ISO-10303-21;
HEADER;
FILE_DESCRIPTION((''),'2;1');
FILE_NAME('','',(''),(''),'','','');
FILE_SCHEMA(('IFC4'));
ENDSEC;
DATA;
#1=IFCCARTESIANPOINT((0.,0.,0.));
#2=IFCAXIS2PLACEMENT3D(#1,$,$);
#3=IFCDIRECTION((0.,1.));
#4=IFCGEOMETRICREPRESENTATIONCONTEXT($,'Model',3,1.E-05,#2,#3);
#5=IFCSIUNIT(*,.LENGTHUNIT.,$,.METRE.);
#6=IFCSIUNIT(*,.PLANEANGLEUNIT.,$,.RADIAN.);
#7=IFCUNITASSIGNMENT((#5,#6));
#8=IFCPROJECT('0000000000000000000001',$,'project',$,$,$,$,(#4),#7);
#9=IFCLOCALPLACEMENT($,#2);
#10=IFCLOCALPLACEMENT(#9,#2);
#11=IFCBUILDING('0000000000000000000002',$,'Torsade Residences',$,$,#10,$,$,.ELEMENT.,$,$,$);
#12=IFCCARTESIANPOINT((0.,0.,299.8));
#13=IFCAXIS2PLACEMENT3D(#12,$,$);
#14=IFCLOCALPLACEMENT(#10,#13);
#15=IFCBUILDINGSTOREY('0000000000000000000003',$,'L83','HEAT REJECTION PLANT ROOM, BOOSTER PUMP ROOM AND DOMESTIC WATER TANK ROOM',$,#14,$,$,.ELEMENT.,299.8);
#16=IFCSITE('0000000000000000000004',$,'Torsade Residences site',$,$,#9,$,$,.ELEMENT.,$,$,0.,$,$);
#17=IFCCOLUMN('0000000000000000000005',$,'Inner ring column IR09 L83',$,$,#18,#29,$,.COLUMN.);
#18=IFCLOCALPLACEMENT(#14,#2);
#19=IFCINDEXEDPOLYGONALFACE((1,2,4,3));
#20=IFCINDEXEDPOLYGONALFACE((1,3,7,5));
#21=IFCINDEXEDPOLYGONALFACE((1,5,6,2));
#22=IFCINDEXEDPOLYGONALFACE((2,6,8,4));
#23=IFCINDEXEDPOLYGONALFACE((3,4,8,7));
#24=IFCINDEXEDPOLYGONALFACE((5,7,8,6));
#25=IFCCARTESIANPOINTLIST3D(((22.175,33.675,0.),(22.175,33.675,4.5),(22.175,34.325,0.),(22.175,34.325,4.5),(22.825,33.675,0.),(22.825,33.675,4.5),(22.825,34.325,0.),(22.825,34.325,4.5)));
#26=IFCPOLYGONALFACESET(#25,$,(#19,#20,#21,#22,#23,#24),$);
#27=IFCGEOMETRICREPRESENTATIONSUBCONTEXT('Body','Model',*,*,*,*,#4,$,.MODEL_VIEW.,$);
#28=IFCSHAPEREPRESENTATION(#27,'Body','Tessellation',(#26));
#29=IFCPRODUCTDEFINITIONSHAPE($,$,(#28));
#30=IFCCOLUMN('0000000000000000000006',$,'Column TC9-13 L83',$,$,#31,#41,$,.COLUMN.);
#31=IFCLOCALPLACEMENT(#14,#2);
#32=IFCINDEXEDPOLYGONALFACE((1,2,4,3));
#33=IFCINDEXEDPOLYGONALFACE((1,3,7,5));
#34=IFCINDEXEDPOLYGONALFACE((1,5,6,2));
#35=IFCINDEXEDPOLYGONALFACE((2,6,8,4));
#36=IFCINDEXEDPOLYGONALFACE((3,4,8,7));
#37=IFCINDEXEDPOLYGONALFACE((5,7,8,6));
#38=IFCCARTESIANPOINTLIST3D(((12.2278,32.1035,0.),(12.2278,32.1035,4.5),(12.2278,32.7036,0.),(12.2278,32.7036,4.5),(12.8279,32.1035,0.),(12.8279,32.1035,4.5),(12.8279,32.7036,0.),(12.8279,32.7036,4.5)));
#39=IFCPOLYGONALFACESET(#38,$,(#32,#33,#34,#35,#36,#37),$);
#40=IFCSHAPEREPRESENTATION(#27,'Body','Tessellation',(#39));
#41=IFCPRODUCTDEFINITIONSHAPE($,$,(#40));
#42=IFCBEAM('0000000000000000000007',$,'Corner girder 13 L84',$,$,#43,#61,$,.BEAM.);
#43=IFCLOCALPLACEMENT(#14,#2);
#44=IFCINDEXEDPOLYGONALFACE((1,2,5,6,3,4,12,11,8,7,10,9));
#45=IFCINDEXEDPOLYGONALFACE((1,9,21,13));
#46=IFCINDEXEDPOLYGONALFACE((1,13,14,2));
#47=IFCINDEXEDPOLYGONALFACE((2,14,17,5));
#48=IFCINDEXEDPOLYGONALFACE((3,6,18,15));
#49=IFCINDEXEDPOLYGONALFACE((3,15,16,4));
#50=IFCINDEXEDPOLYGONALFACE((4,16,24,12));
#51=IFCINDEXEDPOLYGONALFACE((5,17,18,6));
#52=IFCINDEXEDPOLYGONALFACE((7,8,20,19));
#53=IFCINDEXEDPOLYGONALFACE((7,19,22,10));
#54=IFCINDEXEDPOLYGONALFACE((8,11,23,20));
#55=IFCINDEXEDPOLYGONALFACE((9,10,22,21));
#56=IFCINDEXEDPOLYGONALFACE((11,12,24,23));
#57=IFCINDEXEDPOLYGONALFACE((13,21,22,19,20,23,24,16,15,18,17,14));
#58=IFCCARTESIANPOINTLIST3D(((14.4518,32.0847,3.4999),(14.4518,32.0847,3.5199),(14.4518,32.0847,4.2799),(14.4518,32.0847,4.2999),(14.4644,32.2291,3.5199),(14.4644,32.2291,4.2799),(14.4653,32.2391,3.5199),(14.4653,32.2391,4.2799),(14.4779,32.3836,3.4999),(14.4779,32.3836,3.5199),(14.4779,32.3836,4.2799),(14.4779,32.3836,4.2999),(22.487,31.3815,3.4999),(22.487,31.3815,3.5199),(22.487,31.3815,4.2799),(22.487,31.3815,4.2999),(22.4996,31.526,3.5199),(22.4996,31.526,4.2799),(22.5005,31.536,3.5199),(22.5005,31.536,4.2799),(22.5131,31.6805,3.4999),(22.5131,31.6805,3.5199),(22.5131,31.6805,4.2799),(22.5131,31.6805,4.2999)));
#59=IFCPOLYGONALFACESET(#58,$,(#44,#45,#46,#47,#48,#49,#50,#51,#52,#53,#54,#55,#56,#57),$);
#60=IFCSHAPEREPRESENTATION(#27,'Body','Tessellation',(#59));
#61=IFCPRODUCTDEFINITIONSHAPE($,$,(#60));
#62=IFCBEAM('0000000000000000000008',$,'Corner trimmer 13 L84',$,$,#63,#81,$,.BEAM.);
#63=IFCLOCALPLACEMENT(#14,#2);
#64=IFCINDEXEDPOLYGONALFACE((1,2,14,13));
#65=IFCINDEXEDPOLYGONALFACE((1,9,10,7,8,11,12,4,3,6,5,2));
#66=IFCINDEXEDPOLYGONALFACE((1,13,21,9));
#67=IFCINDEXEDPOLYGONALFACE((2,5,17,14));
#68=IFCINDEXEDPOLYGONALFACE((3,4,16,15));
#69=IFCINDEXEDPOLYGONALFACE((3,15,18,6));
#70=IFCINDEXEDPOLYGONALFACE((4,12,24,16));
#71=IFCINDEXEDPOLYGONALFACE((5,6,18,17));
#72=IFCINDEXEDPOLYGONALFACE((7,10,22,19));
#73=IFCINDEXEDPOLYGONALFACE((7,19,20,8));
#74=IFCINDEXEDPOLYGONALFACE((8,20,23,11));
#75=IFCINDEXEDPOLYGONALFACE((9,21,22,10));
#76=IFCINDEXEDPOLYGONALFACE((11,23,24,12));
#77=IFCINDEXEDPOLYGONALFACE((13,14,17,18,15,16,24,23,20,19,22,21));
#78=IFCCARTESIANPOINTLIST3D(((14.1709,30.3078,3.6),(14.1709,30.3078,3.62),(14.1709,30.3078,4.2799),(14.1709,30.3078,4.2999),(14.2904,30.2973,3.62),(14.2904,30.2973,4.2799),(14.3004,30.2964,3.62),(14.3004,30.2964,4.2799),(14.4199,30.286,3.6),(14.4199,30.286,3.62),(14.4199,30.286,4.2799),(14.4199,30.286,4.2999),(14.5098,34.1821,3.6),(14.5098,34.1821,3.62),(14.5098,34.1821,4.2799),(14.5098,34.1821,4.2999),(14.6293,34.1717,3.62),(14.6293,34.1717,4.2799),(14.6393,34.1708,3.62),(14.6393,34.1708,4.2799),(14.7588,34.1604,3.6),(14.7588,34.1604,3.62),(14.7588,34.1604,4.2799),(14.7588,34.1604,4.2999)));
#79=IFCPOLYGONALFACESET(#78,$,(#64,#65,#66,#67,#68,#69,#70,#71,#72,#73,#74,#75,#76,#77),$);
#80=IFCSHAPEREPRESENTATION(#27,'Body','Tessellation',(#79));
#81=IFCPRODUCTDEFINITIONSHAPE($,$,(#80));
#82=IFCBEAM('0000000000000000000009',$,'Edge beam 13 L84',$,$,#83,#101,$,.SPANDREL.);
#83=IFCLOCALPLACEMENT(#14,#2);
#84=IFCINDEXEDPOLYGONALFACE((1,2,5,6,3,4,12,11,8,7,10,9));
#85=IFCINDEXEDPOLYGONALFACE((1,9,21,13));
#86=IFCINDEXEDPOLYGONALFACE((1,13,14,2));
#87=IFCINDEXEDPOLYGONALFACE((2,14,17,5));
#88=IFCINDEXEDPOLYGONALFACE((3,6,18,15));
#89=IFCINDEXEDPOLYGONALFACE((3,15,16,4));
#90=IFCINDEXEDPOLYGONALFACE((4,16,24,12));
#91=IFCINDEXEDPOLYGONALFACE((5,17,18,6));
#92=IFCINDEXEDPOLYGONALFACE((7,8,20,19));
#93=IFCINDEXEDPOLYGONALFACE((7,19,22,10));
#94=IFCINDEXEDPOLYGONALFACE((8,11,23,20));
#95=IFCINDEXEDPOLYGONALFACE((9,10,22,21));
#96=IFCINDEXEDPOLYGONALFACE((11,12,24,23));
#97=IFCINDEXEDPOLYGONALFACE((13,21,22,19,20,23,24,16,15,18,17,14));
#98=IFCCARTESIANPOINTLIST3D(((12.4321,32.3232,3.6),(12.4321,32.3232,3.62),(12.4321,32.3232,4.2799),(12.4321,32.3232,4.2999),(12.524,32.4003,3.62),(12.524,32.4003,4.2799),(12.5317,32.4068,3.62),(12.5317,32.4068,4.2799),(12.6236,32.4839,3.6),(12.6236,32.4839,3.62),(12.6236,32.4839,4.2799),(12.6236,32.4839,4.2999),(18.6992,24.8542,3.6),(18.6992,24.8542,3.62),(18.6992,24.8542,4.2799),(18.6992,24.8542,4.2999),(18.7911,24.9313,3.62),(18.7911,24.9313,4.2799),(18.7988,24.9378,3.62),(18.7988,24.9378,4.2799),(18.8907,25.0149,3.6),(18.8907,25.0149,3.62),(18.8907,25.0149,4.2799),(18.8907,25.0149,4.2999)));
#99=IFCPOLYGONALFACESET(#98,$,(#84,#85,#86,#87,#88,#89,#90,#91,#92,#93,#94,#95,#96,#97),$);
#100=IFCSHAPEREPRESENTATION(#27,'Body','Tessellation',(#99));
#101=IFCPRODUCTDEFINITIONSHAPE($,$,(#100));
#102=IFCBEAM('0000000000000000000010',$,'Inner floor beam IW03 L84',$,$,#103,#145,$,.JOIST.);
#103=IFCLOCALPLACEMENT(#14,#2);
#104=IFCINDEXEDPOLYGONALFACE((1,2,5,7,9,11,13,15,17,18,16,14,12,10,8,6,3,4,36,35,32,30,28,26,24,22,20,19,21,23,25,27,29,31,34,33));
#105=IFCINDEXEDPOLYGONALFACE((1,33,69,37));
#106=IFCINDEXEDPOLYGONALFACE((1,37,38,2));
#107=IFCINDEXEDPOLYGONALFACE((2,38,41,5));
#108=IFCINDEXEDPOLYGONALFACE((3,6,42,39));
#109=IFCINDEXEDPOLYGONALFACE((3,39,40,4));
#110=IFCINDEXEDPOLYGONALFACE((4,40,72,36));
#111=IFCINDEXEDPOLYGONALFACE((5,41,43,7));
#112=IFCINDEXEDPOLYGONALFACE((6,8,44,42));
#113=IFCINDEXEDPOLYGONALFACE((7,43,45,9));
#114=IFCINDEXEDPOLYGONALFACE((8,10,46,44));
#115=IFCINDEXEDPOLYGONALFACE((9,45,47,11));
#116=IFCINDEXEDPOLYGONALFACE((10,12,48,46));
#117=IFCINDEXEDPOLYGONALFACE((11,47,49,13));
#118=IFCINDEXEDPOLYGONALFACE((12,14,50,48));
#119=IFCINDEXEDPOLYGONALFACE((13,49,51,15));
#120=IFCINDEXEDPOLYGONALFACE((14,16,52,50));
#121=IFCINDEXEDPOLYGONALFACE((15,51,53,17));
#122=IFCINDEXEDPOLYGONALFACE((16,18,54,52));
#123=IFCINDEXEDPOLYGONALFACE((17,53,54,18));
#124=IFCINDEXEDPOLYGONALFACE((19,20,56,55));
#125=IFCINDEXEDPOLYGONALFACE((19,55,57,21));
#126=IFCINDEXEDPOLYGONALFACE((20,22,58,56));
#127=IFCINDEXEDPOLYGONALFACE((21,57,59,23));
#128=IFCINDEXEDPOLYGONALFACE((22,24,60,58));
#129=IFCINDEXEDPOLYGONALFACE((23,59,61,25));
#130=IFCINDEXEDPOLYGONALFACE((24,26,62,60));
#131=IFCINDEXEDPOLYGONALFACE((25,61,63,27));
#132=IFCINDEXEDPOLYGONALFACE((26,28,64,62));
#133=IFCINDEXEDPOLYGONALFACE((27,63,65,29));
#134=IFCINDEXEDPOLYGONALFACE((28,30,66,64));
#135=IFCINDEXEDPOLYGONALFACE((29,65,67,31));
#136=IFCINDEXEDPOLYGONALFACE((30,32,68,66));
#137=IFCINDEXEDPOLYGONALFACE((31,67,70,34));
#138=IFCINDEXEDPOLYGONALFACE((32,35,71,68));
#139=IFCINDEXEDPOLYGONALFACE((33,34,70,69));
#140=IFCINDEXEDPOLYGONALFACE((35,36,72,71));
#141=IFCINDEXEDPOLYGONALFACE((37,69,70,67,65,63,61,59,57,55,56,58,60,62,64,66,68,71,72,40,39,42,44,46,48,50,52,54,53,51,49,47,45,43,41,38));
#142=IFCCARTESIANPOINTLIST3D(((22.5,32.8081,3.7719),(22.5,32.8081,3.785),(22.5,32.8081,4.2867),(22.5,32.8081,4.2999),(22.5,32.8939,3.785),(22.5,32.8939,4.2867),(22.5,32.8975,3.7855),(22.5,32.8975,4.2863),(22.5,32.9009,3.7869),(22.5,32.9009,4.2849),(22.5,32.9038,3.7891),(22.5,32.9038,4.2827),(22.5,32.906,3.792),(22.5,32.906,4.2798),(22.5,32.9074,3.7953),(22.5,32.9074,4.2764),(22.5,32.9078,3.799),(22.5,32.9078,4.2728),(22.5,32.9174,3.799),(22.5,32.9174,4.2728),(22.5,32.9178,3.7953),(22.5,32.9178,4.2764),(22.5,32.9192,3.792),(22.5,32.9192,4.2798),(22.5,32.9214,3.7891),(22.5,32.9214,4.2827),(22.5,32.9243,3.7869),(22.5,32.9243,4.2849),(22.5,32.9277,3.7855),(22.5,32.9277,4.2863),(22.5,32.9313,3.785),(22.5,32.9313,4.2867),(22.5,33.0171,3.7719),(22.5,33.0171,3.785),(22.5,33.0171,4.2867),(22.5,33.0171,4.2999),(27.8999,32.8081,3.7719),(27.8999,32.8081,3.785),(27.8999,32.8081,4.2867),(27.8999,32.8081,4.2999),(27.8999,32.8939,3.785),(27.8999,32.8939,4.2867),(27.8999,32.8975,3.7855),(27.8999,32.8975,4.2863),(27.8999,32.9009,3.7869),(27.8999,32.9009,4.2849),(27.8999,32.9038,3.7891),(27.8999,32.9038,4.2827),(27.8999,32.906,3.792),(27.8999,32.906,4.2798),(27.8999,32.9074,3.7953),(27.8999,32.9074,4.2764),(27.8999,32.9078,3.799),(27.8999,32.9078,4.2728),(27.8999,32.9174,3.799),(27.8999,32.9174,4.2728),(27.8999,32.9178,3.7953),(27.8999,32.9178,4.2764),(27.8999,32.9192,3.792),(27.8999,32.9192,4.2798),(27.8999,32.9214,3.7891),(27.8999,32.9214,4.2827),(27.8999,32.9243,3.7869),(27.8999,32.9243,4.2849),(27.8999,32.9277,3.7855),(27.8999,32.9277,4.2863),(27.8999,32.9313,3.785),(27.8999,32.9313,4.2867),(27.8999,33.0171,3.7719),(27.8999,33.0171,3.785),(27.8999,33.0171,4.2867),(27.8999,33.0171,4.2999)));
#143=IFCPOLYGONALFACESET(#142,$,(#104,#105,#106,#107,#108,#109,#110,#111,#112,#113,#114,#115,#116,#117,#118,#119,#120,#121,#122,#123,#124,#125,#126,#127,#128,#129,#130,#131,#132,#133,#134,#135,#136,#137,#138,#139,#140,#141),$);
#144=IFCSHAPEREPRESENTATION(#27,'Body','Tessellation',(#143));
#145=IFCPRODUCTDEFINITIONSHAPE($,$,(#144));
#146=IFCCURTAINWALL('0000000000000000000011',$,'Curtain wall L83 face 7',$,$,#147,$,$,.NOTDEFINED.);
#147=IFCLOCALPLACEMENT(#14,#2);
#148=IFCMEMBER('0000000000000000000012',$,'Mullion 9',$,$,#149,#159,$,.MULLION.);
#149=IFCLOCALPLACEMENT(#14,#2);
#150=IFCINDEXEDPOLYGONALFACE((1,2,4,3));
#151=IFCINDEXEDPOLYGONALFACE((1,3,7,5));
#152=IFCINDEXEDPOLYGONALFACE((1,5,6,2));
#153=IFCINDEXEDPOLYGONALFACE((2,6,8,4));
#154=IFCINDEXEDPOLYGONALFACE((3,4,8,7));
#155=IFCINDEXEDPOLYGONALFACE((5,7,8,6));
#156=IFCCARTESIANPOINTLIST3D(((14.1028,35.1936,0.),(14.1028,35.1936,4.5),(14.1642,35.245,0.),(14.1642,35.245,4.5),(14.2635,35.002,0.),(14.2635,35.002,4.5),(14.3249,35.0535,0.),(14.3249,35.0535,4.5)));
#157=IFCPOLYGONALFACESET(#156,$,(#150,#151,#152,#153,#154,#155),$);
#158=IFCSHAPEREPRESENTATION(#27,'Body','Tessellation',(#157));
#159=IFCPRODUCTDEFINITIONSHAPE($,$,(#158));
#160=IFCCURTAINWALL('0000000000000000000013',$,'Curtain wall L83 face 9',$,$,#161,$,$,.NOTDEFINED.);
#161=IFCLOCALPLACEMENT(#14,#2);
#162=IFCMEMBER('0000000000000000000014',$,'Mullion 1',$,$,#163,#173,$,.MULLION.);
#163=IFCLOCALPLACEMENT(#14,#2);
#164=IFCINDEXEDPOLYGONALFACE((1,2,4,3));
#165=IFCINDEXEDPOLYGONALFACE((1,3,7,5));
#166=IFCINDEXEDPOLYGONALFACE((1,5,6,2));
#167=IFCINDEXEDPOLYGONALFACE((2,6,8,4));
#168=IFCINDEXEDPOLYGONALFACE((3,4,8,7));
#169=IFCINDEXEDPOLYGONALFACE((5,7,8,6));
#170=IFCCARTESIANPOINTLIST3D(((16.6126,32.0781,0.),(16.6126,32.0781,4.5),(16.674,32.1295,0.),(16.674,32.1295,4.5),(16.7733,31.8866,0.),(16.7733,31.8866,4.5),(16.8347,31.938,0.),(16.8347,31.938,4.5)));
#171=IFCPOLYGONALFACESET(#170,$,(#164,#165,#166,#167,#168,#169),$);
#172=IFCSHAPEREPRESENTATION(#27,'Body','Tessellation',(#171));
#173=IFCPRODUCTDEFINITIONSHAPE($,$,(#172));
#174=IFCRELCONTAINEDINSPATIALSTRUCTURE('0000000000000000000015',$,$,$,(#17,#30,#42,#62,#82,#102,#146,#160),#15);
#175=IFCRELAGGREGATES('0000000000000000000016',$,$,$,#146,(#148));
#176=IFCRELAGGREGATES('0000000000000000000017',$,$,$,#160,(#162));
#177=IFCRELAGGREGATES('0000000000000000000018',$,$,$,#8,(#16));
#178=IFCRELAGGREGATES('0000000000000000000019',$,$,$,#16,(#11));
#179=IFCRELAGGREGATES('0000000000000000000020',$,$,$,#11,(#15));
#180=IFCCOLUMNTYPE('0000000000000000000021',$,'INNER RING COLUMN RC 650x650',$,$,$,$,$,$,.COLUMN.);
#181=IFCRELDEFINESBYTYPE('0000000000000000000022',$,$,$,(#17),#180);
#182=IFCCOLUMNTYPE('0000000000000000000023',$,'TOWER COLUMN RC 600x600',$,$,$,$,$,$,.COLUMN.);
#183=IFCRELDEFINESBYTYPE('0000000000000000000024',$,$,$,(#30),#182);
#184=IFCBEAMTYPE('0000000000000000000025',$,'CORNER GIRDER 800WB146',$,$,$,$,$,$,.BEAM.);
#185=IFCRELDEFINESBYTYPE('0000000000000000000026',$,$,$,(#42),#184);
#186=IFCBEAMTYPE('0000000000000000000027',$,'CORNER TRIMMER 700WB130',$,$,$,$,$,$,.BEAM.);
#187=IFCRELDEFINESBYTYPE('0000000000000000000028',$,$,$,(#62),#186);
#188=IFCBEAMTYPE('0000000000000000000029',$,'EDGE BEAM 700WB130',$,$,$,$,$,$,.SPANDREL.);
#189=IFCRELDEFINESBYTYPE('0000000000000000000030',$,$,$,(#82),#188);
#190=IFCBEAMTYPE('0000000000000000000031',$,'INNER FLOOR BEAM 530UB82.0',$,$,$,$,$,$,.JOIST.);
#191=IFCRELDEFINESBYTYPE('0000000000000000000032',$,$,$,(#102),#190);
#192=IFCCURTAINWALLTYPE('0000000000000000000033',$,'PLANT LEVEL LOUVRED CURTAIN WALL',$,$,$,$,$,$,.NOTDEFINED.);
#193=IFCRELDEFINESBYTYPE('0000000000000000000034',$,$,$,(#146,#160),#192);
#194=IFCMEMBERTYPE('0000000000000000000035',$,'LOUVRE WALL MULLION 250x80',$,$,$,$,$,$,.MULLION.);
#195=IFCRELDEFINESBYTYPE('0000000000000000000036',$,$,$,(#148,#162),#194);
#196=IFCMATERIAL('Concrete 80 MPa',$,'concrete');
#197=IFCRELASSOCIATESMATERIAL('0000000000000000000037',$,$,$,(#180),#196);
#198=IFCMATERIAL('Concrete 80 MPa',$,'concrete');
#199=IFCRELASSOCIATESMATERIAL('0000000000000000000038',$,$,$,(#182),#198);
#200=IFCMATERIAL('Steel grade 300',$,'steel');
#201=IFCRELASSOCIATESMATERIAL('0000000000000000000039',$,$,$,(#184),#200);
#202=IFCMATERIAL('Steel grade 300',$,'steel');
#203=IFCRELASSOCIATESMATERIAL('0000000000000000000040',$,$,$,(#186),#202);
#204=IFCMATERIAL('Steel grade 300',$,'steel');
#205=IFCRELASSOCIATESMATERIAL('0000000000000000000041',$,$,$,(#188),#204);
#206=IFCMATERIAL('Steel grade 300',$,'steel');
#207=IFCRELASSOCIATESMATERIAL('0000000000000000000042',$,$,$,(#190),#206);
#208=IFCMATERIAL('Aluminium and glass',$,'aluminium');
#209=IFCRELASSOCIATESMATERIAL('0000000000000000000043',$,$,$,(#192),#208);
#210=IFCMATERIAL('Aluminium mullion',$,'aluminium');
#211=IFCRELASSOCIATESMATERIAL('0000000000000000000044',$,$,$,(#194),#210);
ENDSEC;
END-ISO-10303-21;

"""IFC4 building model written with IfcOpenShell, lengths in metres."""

from ifc_helpers import new_model, si_unit, direction, frame, origin, origin_2d, place, context, subcontext, project, spatial, rectangle, i_section, extrude, material, material_profile, profile_set, type_object, element, aggregate, save


model = new_model("IFC4")

# Units and contexts
model_context = context("Model", 3, precision=1e-05, world=origin(), true_north=direction((0.0, 1.0)))
body_context = subcontext(model_context, "Body", "Model", "MODEL_VIEW")
ifc_project = project(units=[si_unit("LENGTHUNIT", "METRE"), si_unit("PLANEANGLEUNIT", "RADIAN")], contexts=[model_context])

# Site, building, storey
site_placement = place(None, origin())
site = spatial("IfcSite", under=ifc_project, at=site_placement, Name="Torsade Residences site", CompositionType="ELEMENT", RefElevation=0.0)
building_placement = place(site_placement, origin())
building = spatial("IfcBuilding", under=site, at=building_placement, Name="Torsade Residences", CompositionType="ELEMENT")
storey_placement = place(building_placement, frame((0.0, 0.0, 299.8)))
storey = spatial("IfcBuildingStorey", under=building, at=storey_placement, Name="L83", Description="HEAT REJECTION PLANT ROOM, BOOSTER PUMP ROOM AND DOMESTIC WATER TANK ROOM", CompositionType="ELEMENT", Elevation=299.8)

# Columns
ifc_material_1 = material(Name="Concrete 80 MPa", Category="concrete")
ifc_material_profile_1 = material_profile(ifc_material_1, rectangle(XDim=0.6499, YDim=0.6499, at=origin_2d()), Name="RC 650x650")
ifc_profile_set_1 = profile_set([ifc_material_profile_1], Name="Concrete 80 MPa")
column_type_1 = type_object("IfcColumnType", Name="INNER RING COLUMN RC 650x650", PredefinedType="COLUMN", material=ifc_profile_set_1)
column_1_placement = place(storey_placement, frame((22.5, 34.0, 0.0), z_axis=(0.0, 0.0, 1.0), x_axis=(1.0, 0.0, 0.0)))
element("IfcColumn", 1, at=column_1_placement, inside=storey, type_object=column_type_1, Name="Inner ring column IR09 L83", PredefinedType="COLUMN", context=body_context, shape_type="SweptSolid", body=[
    extrude(rectangle(XDim=0.6499, YDim=0.6499, at=origin_2d()), origin(), (0.0, 0.0, 1.0), 4.5),
])
ifc_material_2 = material(Name="Concrete 80 MPa", Category="concrete")
ifc_material_profile_2 = material_profile(ifc_material_2, rectangle(XDim=0.6001, YDim=0.6001, at=origin_2d()), Name="RC 600x600")
ifc_profile_set_2 = profile_set([ifc_material_profile_2], Name="Concrete 80 MPa")
column_type_2 = type_object("IfcColumnType", Name="TOWER COLUMN RC 600x600", PredefinedType="COLUMN", material=ifc_profile_set_2)
column_2_placement = place(storey_placement, frame((12.5278, 32.4036, 0.0), z_axis=(0.0, 0.0, 1.0), x_axis=(1.0, 0.0, 0.0)))
element("IfcColumn", 2, at=column_2_placement, inside=storey, type_object=column_type_2, Name="Column TC9-13 L83", PredefinedType="COLUMN", context=body_context, shape_type="SweptSolid", body=[
    extrude(rectangle(XDim=0.6001, YDim=0.6001, at=origin_2d()), origin(), (0.0, 0.0, 1.0), 4.5),
])

# Beams
ifc_material_3 = material(Name="Steel grade 300", Category="steel")
ifc_material_profile_3 = material_profile(ifc_material_3, i_section(OverallWidth=0.3, OverallDepth=0.8, WebThickness=0.01, FlangeThickness=0.02, at=origin_2d()), Name="800WB146")
ifc_profile_set_3 = profile_set([ifc_material_profile_3], Name="Steel grade 300")
beam_type_1 = type_object("IfcBeamType", Name="CORNER GIRDER 800WB146", PredefinedType="BEAM", material=ifc_profile_set_3)
beam_1_placement = place(storey_placement, frame((14.4648, 32.2341, 3.8999), z_axis=(0.996193, -0.087173, 0.0), x_axis=(0.087173, 0.996193, 0.0)))
element("IfcBeam", 3, at=beam_1_placement, inside=storey, type_object=beam_type_1, Name="Corner girder 13 L84", PredefinedType="BEAM", context=body_context, shape_type="SweptSolid", body=[
    extrude(i_section(OverallWidth=0.3, OverallDepth=0.8, WebThickness=0.01, FlangeThickness=0.02, at=origin_2d()), origin(), (0.0, 0.0, 1.0), 8.0659),
])
ifc_material_4 = material(Name="Steel grade 300", Category="steel")
ifc_material_profile_4 = material_profile(ifc_material_4, i_section(OverallWidth=0.25, OverallDepth=0.7, WebThickness=0.01, FlangeThickness=0.02, at=origin_2d()), Name="700WB130")
ifc_profile_set_4 = profile_set([ifc_material_profile_4], Name="Steel grade 300")
beam_type_2 = type_object("IfcBeamType", Name="CORNER TRIMMER 700WB130", PredefinedType="BEAM", material=ifc_profile_set_4)
beam_2_placement = place(storey_placement, frame((14.2954, 30.2969, 3.95), z_axis=(0.087133, 0.996197, 0.0), x_axis=(-0.996197, 0.087133, 0.0)))
element("IfcBeam", 4, at=beam_2_placement, inside=storey, type_object=beam_type_2, Name="Corner trimmer 13 L84", PredefinedType="BEAM", context=body_context, shape_type="SweptSolid", body=[
    extrude(i_section(OverallWidth=0.25, OverallDepth=0.7, WebThickness=0.01, FlangeThickness=0.02, at=origin_2d()), origin(), (0.0, 0.0, 1.0), 3.8892),
])
ifc_material_5 = material(Name="Steel grade 300", Category="steel")
ifc_material_profile_5 = material_profile(ifc_material_5, i_section(OverallWidth=0.25, OverallDepth=0.7, WebThickness=0.01, FlangeThickness=0.02, at=origin_2d()), Name="700WB130")
ifc_profile_set_5 = profile_set([ifc_material_profile_5], Name="Steel grade 300")
beam_type_3 = type_object("IfcBeamType", Name="EDGE BEAM 700WB130", PredefinedType="SPANDREL", material=ifc_profile_set_5)
beam_3_placement = place(storey_placement, frame((12.5278, 32.4036, 3.95), z_axis=(0.642779, -0.766052, 0.0), x_axis=(0.766052, 0.642779, 0.0)))
element("IfcBeam", 5, at=beam_3_placement, inside=storey, type_object=beam_type_3, Name="Edge beam 13 L84", PredefinedType="SPANDREL", context=body_context, shape_type="SweptSolid", body=[
    extrude(i_section(OverallWidth=0.25, OverallDepth=0.7, WebThickness=0.01, FlangeThickness=0.02, at=origin_2d()), origin(), (0.0, 0.0, 1.0), 9.75),
])
ifc_material_6 = material(Name="Steel grade 300", Category="steel")
ifc_material_profile_6 = material_profile(ifc_material_6, i_section(OverallWidth=0.209, OverallDepth=0.5281, WebThickness=0.0095, FlangeThickness=0.0132, FilletRadius=0.0139, at=origin_2d()), Name="530UB82.0")
ifc_profile_set_6 = profile_set([ifc_material_profile_6], Name="Steel grade 300")
beam_type_4 = type_object("IfcBeamType", Name="INNER FLOOR BEAM 530UB82.0", PredefinedType="JOIST", material=ifc_profile_set_6)
beam_4_placement = place(storey_placement, frame((27.8999, 32.9126, 4.0359), z_axis=(-1.0, 0.0, 0.0), x_axis=(0.0, -1.0, 0.0)))
element("IfcBeam", 6, at=beam_4_placement, inside=storey, type_object=beam_type_4, Name="Inner floor beam IW03 L84", PredefinedType="JOIST", context=body_context, shape_type="SweptSolid", body=[
    extrude(i_section(OverallWidth=0.209, OverallDepth=0.5281, WebThickness=0.0095, FlangeThickness=0.0132, FilletRadius=0.0139, at=origin_2d()), origin(), (0.0, 0.0, 1.0), 5.3999),
])

# Curtain wall, member
ifc_material_7 = material(Name="Aluminium and glass", Category="aluminium")
curtain_wall_type = type_object("IfcCurtainWallType", Name="PLANT LEVEL LOUVRED CURTAIN WALL", PredefinedType="NOTDEFINED", material=ifc_material_7)
curtain_wall_1_placement = place(storey_placement, origin())
curtain_wall_1 = element("IfcCurtainWall", 7, at=curtain_wall_1_placement, inside=storey, type_object=curtain_wall_type, Name="Curtain wall L83 face 7", PredefinedType="NOTDEFINED")
ifc_material_8 = material(Name="Aluminium mullion", Category="aluminium")
ifc_material_profile_7 = material_profile(ifc_material_8, rectangle(XDim=0.25, YDim=0.0801, at=origin_2d()), Name="LOUVRE WALL MULLION 250x80")
ifc_profile_set_7 = profile_set([ifc_material_profile_7], Name="Aluminium mullion")
member_type_1 = type_object("IfcMemberType", Name="LOUVRE WALL MULLION 250x80", PredefinedType="MULLION", material=ifc_profile_set_7)
member_1_placement = place(storey_placement, frame((14.2139, 35.1235, 0.0), z_axis=(0.0, 0.0, 1.0), x_axis=(0.642788, -0.766044, 0.0)))
member_1 = element("IfcMember", 8, at=member_1_placement, type_object=member_type_1, Name="Mullion 9", PredefinedType="MULLION", context=body_context, shape_type="SweptSolid", body=[
    extrude(rectangle(XDim=0.25, YDim=0.0801, at=origin_2d()), origin(), (0.0, 0.0, 1.0), 4.5),
])

# Curtain wall, member
curtain_wall_2_placement = place(storey_placement, origin())
curtain_wall_2 = element("IfcCurtainWall", 9, at=curtain_wall_2_placement, inside=storey, type_object=curtain_wall_type, Name="Curtain wall L83 face 9", PredefinedType="NOTDEFINED")
member_2_placement = place(storey_placement, frame((16.7236, 32.0081, 0.0), z_axis=(0.0, 0.0, 1.0), x_axis=(0.642788, -0.766044, 0.0)))
member_2 = element("IfcMember", 10, at=member_2_placement, type_object=member_type_1, Name="Mullion 1", PredefinedType="MULLION", context=body_context, shape_type="SweptSolid", body=[
    extrude(rectangle(XDim=0.25, YDim=0.0801, at=origin_2d()), origin(), (0.0, 0.0, 1.0), 4.5),
])

aggregate(curtain_wall_1, [member_1])
aggregate(curtain_wall_2, [member_2])

save(model, "model.ifc")
